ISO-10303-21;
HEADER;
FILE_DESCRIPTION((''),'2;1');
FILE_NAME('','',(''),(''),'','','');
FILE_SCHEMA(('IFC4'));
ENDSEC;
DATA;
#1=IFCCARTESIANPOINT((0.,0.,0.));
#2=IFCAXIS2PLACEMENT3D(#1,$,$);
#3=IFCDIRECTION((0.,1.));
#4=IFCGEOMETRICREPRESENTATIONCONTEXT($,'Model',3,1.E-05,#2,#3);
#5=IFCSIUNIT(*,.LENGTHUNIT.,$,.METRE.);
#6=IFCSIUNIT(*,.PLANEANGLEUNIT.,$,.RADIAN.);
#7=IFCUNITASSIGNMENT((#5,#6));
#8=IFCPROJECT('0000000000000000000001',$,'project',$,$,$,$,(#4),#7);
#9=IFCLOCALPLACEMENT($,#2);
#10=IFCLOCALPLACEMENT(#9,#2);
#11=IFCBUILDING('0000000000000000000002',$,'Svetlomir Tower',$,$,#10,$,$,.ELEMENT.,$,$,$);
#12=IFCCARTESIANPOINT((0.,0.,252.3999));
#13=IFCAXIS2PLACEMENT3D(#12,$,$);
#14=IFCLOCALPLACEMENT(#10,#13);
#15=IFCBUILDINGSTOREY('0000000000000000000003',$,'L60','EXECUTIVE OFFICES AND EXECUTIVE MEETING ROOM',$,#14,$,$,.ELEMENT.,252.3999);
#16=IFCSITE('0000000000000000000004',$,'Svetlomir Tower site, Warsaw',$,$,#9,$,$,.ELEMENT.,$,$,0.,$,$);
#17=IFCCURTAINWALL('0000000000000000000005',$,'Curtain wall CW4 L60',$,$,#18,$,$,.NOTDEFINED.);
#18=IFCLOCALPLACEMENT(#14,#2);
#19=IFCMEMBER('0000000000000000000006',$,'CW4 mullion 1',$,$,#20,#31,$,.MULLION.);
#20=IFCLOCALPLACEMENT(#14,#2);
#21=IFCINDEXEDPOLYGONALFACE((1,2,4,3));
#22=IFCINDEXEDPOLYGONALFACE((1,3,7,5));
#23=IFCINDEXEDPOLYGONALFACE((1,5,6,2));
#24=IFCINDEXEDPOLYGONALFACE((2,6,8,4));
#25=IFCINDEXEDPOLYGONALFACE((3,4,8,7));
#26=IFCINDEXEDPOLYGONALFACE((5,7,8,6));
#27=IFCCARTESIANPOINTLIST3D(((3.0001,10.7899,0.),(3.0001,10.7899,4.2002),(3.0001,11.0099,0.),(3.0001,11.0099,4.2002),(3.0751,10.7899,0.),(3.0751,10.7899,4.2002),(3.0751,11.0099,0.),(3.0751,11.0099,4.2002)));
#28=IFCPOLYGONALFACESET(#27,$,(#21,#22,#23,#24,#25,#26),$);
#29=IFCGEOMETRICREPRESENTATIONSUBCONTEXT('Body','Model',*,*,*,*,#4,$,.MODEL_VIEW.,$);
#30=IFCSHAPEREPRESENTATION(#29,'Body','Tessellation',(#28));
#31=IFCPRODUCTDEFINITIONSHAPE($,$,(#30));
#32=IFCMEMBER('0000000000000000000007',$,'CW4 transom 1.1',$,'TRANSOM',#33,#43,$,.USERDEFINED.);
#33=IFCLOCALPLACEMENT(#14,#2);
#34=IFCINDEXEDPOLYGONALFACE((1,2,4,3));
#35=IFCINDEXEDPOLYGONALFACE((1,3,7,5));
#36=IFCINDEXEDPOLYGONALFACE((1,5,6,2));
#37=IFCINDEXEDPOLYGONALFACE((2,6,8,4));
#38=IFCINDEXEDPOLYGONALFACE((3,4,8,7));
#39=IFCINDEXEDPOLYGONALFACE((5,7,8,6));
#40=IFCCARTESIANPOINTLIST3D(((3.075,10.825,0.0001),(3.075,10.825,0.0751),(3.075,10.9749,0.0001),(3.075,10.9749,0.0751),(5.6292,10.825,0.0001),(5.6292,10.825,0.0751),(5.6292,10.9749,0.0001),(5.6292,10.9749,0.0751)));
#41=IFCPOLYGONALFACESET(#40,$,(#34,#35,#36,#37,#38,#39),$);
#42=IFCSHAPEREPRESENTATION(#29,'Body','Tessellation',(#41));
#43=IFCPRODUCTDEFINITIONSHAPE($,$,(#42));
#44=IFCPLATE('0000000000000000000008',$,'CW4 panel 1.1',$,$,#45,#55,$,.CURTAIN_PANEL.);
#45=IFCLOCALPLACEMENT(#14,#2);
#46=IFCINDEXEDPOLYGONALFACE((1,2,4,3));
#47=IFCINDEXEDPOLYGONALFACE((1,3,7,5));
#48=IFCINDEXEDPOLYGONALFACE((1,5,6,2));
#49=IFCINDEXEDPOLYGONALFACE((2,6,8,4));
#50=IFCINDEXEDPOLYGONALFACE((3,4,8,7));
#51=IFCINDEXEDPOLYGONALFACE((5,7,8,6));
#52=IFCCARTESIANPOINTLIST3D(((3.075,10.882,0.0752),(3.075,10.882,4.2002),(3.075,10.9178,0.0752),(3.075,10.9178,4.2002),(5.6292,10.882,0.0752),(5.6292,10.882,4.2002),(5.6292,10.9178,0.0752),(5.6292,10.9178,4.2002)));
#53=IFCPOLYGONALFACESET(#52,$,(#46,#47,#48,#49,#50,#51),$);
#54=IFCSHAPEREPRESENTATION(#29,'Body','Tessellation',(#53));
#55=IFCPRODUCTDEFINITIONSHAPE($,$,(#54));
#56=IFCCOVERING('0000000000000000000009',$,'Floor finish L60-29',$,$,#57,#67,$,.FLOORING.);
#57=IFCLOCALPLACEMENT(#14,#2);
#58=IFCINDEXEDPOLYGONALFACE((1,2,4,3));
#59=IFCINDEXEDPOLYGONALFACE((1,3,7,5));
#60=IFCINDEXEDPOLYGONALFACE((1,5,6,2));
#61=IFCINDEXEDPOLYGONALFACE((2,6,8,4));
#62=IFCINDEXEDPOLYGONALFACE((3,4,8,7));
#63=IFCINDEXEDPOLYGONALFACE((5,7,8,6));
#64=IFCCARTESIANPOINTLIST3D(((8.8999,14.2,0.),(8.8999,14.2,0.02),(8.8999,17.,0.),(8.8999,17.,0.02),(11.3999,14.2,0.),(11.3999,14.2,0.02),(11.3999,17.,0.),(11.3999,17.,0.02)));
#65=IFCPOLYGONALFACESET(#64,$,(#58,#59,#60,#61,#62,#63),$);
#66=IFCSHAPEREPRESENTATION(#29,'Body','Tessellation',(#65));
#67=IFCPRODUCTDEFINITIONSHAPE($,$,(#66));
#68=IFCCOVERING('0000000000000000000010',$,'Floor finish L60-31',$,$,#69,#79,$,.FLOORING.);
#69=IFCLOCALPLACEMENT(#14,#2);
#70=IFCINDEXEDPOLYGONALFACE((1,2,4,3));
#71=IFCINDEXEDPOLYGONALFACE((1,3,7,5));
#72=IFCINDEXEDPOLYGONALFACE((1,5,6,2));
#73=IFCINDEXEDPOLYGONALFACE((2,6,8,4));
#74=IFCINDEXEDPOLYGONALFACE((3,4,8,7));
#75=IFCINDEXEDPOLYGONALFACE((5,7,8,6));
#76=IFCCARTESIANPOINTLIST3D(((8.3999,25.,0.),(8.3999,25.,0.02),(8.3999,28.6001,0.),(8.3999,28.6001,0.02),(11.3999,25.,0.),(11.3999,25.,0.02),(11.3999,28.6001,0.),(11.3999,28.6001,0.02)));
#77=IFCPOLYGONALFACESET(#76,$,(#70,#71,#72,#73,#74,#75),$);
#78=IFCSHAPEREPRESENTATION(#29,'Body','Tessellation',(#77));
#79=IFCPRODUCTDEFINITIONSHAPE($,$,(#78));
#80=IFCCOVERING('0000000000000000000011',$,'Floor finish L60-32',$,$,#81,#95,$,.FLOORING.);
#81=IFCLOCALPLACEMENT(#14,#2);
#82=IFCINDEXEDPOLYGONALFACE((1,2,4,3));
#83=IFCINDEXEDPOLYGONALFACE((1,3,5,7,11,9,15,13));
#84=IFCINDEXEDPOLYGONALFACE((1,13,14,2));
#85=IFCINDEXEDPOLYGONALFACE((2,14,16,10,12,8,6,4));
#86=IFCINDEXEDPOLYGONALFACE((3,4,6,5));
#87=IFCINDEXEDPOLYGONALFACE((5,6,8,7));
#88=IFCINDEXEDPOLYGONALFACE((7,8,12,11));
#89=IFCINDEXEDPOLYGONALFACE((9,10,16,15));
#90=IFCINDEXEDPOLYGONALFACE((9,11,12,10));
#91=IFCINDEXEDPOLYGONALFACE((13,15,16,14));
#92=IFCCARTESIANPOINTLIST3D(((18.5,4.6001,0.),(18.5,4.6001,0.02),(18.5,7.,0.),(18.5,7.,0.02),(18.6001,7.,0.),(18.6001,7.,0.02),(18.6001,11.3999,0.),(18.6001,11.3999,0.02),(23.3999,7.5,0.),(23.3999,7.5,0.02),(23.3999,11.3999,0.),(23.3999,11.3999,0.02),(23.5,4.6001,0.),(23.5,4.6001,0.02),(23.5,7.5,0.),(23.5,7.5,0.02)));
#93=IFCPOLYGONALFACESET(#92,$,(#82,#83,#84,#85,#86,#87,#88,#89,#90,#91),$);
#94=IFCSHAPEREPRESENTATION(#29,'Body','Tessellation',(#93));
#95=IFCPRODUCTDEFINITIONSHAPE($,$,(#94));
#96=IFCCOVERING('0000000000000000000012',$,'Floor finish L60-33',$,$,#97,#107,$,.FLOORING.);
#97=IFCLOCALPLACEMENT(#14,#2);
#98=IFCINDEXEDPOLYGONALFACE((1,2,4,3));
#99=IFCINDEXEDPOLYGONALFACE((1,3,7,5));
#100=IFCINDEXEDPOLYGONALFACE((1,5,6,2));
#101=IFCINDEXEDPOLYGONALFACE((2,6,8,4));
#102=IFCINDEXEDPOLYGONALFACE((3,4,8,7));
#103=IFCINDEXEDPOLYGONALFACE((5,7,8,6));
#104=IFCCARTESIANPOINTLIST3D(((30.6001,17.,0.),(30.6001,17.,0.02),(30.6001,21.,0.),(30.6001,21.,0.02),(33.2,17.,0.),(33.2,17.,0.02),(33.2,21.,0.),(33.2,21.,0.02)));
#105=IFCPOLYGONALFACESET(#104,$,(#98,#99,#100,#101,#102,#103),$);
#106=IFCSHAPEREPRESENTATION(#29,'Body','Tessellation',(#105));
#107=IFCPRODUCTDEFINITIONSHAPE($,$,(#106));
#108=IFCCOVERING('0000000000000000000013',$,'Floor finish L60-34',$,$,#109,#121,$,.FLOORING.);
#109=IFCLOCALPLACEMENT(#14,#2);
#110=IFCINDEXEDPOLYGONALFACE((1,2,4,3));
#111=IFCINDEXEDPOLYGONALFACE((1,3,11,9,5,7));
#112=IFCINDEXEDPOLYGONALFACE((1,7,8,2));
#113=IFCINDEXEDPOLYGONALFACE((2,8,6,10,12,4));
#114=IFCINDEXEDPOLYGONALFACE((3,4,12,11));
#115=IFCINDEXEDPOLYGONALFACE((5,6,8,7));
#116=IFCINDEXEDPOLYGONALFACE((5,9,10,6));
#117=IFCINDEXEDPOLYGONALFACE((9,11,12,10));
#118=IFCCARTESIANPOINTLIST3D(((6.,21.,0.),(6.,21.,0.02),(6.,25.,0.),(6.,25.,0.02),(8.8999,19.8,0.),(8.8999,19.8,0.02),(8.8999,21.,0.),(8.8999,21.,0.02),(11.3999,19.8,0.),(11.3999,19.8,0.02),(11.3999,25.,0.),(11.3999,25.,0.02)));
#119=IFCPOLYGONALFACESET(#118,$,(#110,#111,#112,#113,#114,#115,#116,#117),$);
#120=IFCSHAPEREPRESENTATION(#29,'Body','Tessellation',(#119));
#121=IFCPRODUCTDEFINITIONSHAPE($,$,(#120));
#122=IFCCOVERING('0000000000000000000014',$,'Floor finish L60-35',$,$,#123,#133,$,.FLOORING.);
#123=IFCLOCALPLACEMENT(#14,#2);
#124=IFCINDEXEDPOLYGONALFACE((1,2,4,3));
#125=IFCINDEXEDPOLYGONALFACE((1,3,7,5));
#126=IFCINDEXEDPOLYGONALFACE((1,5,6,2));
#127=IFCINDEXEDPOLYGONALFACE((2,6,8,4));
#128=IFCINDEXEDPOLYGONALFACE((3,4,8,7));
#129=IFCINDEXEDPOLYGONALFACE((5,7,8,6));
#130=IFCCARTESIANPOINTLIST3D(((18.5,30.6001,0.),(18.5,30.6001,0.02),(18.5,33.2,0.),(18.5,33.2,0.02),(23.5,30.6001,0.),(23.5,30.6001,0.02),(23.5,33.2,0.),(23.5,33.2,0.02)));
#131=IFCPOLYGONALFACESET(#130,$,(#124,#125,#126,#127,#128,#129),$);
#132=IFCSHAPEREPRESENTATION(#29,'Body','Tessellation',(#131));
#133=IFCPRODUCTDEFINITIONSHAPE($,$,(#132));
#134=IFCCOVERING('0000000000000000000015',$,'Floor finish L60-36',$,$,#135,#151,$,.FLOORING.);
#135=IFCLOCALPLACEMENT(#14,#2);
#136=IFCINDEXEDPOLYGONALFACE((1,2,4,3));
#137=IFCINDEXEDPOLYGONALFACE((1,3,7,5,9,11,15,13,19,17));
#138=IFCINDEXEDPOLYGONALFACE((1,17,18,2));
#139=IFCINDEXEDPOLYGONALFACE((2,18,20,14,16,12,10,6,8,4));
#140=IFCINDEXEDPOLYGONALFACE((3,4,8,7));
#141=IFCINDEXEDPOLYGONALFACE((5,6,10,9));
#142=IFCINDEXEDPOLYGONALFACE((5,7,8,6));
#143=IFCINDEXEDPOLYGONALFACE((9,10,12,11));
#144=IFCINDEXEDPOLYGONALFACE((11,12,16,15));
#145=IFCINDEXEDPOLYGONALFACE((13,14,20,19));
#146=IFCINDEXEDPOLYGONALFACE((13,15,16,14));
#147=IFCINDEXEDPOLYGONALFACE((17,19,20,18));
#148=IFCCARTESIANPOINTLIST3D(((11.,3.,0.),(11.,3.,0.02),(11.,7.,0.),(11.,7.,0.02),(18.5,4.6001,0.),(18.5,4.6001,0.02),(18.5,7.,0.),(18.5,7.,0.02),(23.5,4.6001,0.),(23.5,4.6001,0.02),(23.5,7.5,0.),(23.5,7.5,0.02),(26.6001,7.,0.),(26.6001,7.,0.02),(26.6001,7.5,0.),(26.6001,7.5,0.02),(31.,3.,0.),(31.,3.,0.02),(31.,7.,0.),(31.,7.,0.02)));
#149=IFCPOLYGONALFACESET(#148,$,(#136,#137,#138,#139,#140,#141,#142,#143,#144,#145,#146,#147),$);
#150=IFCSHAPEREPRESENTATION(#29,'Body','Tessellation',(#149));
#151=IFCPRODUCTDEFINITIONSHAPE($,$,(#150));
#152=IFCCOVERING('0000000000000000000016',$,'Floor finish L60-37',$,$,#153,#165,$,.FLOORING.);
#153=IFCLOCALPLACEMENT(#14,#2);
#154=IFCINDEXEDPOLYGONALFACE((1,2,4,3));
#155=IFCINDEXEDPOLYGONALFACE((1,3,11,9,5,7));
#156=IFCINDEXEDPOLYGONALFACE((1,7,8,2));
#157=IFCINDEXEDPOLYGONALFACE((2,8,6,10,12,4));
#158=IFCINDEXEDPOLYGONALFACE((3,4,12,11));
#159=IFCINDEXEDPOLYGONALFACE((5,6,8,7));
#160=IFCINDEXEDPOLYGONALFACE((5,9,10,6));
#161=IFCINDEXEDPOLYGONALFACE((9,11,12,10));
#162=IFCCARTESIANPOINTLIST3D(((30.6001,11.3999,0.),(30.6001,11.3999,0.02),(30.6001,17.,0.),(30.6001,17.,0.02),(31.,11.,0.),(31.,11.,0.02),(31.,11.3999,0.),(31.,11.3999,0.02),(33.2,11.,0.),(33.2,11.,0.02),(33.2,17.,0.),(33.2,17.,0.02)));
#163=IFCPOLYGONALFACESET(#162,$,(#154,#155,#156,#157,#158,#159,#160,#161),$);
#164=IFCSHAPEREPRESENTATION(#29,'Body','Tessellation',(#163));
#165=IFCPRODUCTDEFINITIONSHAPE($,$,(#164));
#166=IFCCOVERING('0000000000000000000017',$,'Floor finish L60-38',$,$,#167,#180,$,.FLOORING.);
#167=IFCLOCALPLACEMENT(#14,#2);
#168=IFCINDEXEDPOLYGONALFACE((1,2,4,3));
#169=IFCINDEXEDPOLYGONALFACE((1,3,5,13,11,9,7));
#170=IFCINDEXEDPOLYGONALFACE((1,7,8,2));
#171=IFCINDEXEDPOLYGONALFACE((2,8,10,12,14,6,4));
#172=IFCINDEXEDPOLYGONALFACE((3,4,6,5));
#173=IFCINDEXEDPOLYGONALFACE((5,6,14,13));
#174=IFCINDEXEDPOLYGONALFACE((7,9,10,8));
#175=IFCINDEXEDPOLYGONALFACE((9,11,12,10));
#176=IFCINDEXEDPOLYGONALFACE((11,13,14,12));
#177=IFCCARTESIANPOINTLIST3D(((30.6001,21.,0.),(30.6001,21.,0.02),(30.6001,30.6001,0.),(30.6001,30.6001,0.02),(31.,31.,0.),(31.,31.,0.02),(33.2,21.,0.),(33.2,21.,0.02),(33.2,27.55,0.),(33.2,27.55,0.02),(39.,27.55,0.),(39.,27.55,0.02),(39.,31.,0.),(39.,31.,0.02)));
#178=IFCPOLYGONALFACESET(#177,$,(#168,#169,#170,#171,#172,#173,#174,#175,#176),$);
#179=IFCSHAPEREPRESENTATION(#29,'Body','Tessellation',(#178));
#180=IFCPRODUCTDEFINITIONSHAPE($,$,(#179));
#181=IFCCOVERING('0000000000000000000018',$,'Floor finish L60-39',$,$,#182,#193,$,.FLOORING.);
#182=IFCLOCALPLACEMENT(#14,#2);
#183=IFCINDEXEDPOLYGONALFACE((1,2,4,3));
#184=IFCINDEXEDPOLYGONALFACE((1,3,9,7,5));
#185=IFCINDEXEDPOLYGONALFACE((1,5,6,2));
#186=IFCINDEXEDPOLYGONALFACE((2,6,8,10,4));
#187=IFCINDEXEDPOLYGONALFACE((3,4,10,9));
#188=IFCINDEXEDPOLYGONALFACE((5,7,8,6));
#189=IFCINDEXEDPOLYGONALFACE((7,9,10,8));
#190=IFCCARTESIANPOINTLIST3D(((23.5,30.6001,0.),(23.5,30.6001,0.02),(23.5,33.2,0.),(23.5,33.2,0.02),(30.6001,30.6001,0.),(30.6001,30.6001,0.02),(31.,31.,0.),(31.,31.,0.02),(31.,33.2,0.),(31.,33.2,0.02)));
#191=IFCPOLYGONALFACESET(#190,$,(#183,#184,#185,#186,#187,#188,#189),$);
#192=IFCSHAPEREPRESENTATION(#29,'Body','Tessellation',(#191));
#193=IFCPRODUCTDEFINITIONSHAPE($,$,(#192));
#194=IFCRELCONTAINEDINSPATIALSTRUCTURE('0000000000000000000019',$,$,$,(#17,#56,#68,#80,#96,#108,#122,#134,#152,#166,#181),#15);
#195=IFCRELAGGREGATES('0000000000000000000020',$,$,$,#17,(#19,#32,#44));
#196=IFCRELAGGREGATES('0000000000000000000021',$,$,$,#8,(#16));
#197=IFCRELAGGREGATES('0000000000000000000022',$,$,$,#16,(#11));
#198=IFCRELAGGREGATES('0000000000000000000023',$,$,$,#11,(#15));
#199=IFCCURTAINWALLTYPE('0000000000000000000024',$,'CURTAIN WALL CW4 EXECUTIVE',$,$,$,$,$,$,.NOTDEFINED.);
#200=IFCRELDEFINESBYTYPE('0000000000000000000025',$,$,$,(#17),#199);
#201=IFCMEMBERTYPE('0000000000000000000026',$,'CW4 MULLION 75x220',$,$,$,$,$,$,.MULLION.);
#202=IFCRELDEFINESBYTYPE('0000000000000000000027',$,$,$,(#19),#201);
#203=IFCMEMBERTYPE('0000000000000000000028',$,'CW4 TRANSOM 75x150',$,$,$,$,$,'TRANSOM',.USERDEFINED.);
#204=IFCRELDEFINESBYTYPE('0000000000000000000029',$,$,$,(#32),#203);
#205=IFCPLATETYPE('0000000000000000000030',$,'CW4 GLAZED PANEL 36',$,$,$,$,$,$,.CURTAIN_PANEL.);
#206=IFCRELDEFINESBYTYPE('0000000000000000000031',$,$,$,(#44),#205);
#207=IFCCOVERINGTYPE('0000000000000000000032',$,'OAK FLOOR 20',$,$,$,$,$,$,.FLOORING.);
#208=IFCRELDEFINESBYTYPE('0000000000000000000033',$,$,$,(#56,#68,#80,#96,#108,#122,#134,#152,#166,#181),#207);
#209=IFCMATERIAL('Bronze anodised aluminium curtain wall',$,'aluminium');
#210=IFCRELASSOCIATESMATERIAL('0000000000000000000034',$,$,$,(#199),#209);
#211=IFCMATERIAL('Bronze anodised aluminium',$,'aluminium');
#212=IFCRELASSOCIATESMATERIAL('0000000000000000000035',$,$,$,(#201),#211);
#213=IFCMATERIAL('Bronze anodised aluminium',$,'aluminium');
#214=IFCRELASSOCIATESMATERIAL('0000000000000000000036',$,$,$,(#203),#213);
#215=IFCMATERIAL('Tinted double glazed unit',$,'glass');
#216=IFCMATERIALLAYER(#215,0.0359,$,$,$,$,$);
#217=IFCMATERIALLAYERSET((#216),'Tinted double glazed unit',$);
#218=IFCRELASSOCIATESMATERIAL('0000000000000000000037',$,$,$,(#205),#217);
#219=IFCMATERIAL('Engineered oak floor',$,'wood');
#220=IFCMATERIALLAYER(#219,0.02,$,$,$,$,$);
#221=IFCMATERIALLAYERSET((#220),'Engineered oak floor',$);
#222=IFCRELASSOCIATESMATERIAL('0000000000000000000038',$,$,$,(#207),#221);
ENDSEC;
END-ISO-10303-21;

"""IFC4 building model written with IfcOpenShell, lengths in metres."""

from ifc_helpers import new_model, si_unit, direction, frame, origin, origin_2d, place, context, subcontext, project, spatial, polyline, rectangle, outline, extrude, material, layer, layer_set, material_profile, profile_set, type_object, element, aggregate, save


model = new_model("IFC4")

# Units and contexts
model_context = context("Model", 3, precision=1e-05, world=origin(), true_north=direction((0.0, 1.0)))
body_context = subcontext(model_context, "Body", "Model", "MODEL_VIEW")
ifc_project = project(units=[si_unit("LENGTHUNIT", "METRE"), si_unit("PLANEANGLEUNIT", "RADIAN")], contexts=[model_context])

# Site, building, storey
site_placement = place(None, origin())
site = spatial("IfcSite", under=ifc_project, at=site_placement, Name="Svetlomir Tower site, Warsaw", CompositionType="ELEMENT", RefElevation=0.0)
building_placement = place(site_placement, origin())
building = spatial("IfcBuilding", under=site, at=building_placement, Name="Svetlomir Tower", CompositionType="ELEMENT")
storey_placement = place(building_placement, frame((0.0, 0.0, 252.3999)))
storey = spatial("IfcBuildingStorey", under=building, at=storey_placement, Name="L60", Description="EXECUTIVE OFFICES AND EXECUTIVE MEETING ROOM", CompositionType="ELEMENT", Elevation=252.3999)

# Curtain wall, members, plate
ifc_material_1 = material(Name="Bronze anodised aluminium curtain wall", Category="aluminium")
curtain_wall_type = type_object("IfcCurtainWallType", Name="CURTAIN WALL CW4 EXECUTIVE", PredefinedType="NOTDEFINED", material=ifc_material_1)
curtain_wall_placement = place(storey_placement, origin())
curtain_wall = element("IfcCurtainWall", 1, at=curtain_wall_placement, inside=storey, type_object=curtain_wall_type, Name="Curtain wall CW4 L60", PredefinedType="NOTDEFINED")
ifc_material_2 = material(Name="Bronze anodised aluminium", Category="aluminium")
ifc_material_profile_1 = material_profile(ifc_material_2, rectangle(XDim=0.075, YDim=0.22, at=origin_2d()), Name="AL 75x220")
ifc_profile_set_1 = profile_set([ifc_material_profile_1], Name="Bronze anodised aluminium 6063-T6")
member_type_1 = type_object("IfcMemberType", Name="CW4 MULLION 75x220", PredefinedType="MULLION", material=ifc_profile_set_1)
member_1_placement = place(storey_placement, frame((3.0376, 10.8999, 0.0), z_axis=(0.0, 0.0, 1.0), x_axis=(1.0, 0.0, 0.0)))
member_1 = element("IfcMember", 2, at=member_1_placement, type_object=member_type_1, Name="CW4 mullion 1", PredefinedType="MULLION", context=body_context, shape_type="SweptSolid", body=[
    extrude(rectangle(XDim=0.075, YDim=0.22, at=origin_2d()), origin(), (0.0, 0.0, 1.0), 4.2002),
])
ifc_material_3 = material(Name="Bronze anodised aluminium", Category="aluminium")
ifc_material_profile_2 = material_profile(ifc_material_3, rectangle(XDim=0.1499, YDim=0.075, at=origin_2d()), Name="AL 150x75")
ifc_profile_set_2 = profile_set([ifc_material_profile_2], Name="Bronze anodised aluminium 6063-T6")
member_type_2 = type_object("IfcMemberType", Name="CW4 TRANSOM 75x150", ElementType="TRANSOM", PredefinedType="USERDEFINED", material=ifc_profile_set_2)
member_2_placement = place(storey_placement, frame((3.075, 10.8999, 0.0376), z_axis=(1.0, 0.0, 0.0), x_axis=(0.0, 1.0, 0.0)))
member_2 = element("IfcMember", 3, at=member_2_placement, type_object=member_type_2, Name="CW4 transom 1.1", ObjectType="TRANSOM", PredefinedType="USERDEFINED", context=body_context, shape_type="SweptSolid", body=[
    extrude(rectangle(XDim=0.1499, YDim=0.075, at=origin_2d()), origin(), (0.0, 0.0, 1.0), 2.5542),
])
ifc_material_4 = material(Name="Tinted double glazed unit", Category="glass")
ifc_layer_1 = layer(ifc_material_4, 0.0359)
ifc_layer_set_1 = layer_set([ifc_layer_1], Name="Tinted double glazed unit")
plate_type = type_object("IfcPlateType", Name="CW4 GLAZED PANEL 36", PredefinedType="CURTAIN_PANEL", material=ifc_layer_set_1)
plate_placement = place(storey_placement, frame((4.3521, 10.8999, 0.0752), z_axis=(0.0, 0.0, 1.0), x_axis=(1.0, 0.0, 0.0)))
plate = element("IfcPlate", 4, at=plate_placement, type_object=plate_type, Name="CW4 panel 1.1", PredefinedType="CURTAIN_PANEL", context=body_context, shape_type="SweptSolid", body=[
    extrude(rectangle(XDim=2.5542, YDim=0.0359, at=origin_2d()), origin(), (0.0, 0.0, 1.0), 4.125),
])
aggregate(curtain_wall, [member_1, member_2, plate])

# Coverings
ifc_material_5 = material(Name="Engineered oak floor", Category="wood")
ifc_layer_2 = layer(ifc_material_5, 0.02)
ifc_layer_set_2 = layer_set([ifc_layer_2], Name="Engineered oak floor")
covering_type_1 = type_object("IfcCoveringType", Name="OAK FLOOR 20", PredefinedType="FLOORING", material=ifc_layer_set_2)
covering_1_placement = place(storey_placement, origin())
element("IfcCovering", 5, at=covering_1_placement, inside=storey, type_object=covering_type_1, Name="Floor finish L60-29", PredefinedType="FLOORING", context=body_context, shape_type="SweptSolid", body=[
    extrude(outline(polyline([(8.8999, 14.2), (11.3999, 14.2), (11.3999, 17.0), (8.8999, 17.0), (8.8999, 14.2)])), origin(), (0.0, 0.0, 1.0), 0.02),
])
covering_2_placement = place(storey_placement, origin())
element("IfcCovering", 6, at=covering_2_placement, inside=storey, type_object=covering_type_1, Name="Floor finish L60-31", PredefinedType="FLOORING", context=body_context, shape_type="SweptSolid", body=[
    extrude(outline(polyline([(8.3999, 25.0), (11.3999, 25.0), (11.3999, 28.6001), (8.3999, 28.6001), (8.3999, 25.0)])), origin(), (0.0, 0.0, 1.0), 0.02),
])
covering_3_placement = place(storey_placement, origin())
element("IfcCovering", 7, at=covering_3_placement, inside=storey, type_object=covering_type_1, Name="Floor finish L60-32", PredefinedType="FLOORING", context=body_context, shape_type="SweptSolid", body=[
    extrude(outline(polyline([(23.3999, 7.5), (23.5, 7.5), (23.5, 4.6001), (18.5, 4.6001), (18.5, 7.0), (18.6001, 7.0), (18.6001, 11.3999), (23.3999, 11.3999), (23.3999, 7.5)])), origin(), (0.0, 0.0, 1.0), 0.02),
])
covering_4_placement = place(storey_placement, origin())
element("IfcCovering", 8, at=covering_4_placement, inside=storey, type_object=covering_type_1, Name="Floor finish L60-33", PredefinedType="FLOORING", context=body_context, shape_type="SweptSolid", body=[
    extrude(outline(polyline([(30.6001, 21.0), (33.2, 21.0), (33.2, 17.0), (30.6001, 17.0), (30.6001, 21.0)])), origin(), (0.0, 0.0, 1.0), 0.02),
])
covering_5_placement = place(storey_placement, origin())
element("IfcCovering", 9, at=covering_5_placement, inside=storey, type_object=covering_type_1, Name="Floor finish L60-34", PredefinedType="FLOORING", context=body_context, shape_type="SweptSolid", body=[
    extrude(outline(polyline([(6.0, 21.0), (6.0, 25.0), (11.3999, 25.0), (11.3999, 19.8), (8.8999, 19.8), (8.8999, 21.0), (6.0, 21.0)])), origin(), (0.0, 0.0, 1.0), 0.02),
])
covering_6_placement = place(storey_placement, origin())
element("IfcCovering", 10, at=covering_6_placement, inside=storey, type_object=covering_type_1, Name="Floor finish L60-35", PredefinedType="FLOORING", context=body_context, shape_type="SweptSolid", body=[
    extrude(outline(polyline([(23.5, 30.6001), (18.5, 30.6001), (18.5, 33.2), (23.5, 33.2), (23.5, 30.6001)])), origin(), (0.0, 0.0, 1.0), 0.02),
])
covering_7_placement = place(storey_placement, origin())
element("IfcCovering", 11, at=covering_7_placement, inside=storey, type_object=covering_type_1, Name="Floor finish L60-36", PredefinedType="FLOORING", context=body_context, shape_type="SweptSolid", body=[
    extrude(outline(polyline([(11.0, 7.0), (18.5, 7.0), (18.5, 4.6001), (23.5, 4.6001), (23.5, 7.5), (26.6001, 7.5), (26.6001, 7.0), (31.0, 7.0), (31.0, 3.0), (11.0, 3.0), (11.0, 7.0)])), origin(), (0.0, 0.0, 1.0), 0.02),
])
covering_8_placement = place(storey_placement, origin())
element("IfcCovering", 12, at=covering_8_placement, inside=storey, type_object=covering_type_1, Name="Floor finish L60-37", PredefinedType="FLOORING", context=body_context, shape_type="SweptSolid", body=[
    extrude(outline(polyline([(30.6001, 11.3999), (30.6001, 17.0), (33.2, 17.0), (33.2, 11.0), (31.0, 11.0), (31.0, 11.3999), (30.6001, 11.3999)])), origin(), (0.0, 0.0, 1.0), 0.02),
])
covering_9_placement = place(storey_placement, origin())
element("IfcCovering", 13, at=covering_9_placement, inside=storey, type_object=covering_type_1, Name="Floor finish L60-38", PredefinedType="FLOORING", context=body_context, shape_type="SweptSolid", body=[
    extrude(outline(polyline([(39.0, 31.0), (39.0, 27.55), (33.2, 27.55), (33.2, 21.0), (30.6001, 21.0), (30.6001, 30.6001), (31.0, 31.0), (39.0, 31.0)])), origin(), (0.0, 0.0, 1.0), 0.02),
])
covering_10_placement = place(storey_placement, origin())
element("IfcCovering", 14, at=covering_10_placement, inside=storey, type_object=covering_type_1, Name="Floor finish L60-39", PredefinedType="FLOORING", context=body_context, shape_type="SweptSolid", body=[
    extrude(outline(polyline([(23.5, 30.6001), (23.5, 33.2), (31.0, 33.2), (31.0, 31.0), (30.6001, 30.6001), (23.5, 30.6001)])), origin(), (0.0, 0.0, 1.0), 0.02),
])

save(model, "model.ifc")
